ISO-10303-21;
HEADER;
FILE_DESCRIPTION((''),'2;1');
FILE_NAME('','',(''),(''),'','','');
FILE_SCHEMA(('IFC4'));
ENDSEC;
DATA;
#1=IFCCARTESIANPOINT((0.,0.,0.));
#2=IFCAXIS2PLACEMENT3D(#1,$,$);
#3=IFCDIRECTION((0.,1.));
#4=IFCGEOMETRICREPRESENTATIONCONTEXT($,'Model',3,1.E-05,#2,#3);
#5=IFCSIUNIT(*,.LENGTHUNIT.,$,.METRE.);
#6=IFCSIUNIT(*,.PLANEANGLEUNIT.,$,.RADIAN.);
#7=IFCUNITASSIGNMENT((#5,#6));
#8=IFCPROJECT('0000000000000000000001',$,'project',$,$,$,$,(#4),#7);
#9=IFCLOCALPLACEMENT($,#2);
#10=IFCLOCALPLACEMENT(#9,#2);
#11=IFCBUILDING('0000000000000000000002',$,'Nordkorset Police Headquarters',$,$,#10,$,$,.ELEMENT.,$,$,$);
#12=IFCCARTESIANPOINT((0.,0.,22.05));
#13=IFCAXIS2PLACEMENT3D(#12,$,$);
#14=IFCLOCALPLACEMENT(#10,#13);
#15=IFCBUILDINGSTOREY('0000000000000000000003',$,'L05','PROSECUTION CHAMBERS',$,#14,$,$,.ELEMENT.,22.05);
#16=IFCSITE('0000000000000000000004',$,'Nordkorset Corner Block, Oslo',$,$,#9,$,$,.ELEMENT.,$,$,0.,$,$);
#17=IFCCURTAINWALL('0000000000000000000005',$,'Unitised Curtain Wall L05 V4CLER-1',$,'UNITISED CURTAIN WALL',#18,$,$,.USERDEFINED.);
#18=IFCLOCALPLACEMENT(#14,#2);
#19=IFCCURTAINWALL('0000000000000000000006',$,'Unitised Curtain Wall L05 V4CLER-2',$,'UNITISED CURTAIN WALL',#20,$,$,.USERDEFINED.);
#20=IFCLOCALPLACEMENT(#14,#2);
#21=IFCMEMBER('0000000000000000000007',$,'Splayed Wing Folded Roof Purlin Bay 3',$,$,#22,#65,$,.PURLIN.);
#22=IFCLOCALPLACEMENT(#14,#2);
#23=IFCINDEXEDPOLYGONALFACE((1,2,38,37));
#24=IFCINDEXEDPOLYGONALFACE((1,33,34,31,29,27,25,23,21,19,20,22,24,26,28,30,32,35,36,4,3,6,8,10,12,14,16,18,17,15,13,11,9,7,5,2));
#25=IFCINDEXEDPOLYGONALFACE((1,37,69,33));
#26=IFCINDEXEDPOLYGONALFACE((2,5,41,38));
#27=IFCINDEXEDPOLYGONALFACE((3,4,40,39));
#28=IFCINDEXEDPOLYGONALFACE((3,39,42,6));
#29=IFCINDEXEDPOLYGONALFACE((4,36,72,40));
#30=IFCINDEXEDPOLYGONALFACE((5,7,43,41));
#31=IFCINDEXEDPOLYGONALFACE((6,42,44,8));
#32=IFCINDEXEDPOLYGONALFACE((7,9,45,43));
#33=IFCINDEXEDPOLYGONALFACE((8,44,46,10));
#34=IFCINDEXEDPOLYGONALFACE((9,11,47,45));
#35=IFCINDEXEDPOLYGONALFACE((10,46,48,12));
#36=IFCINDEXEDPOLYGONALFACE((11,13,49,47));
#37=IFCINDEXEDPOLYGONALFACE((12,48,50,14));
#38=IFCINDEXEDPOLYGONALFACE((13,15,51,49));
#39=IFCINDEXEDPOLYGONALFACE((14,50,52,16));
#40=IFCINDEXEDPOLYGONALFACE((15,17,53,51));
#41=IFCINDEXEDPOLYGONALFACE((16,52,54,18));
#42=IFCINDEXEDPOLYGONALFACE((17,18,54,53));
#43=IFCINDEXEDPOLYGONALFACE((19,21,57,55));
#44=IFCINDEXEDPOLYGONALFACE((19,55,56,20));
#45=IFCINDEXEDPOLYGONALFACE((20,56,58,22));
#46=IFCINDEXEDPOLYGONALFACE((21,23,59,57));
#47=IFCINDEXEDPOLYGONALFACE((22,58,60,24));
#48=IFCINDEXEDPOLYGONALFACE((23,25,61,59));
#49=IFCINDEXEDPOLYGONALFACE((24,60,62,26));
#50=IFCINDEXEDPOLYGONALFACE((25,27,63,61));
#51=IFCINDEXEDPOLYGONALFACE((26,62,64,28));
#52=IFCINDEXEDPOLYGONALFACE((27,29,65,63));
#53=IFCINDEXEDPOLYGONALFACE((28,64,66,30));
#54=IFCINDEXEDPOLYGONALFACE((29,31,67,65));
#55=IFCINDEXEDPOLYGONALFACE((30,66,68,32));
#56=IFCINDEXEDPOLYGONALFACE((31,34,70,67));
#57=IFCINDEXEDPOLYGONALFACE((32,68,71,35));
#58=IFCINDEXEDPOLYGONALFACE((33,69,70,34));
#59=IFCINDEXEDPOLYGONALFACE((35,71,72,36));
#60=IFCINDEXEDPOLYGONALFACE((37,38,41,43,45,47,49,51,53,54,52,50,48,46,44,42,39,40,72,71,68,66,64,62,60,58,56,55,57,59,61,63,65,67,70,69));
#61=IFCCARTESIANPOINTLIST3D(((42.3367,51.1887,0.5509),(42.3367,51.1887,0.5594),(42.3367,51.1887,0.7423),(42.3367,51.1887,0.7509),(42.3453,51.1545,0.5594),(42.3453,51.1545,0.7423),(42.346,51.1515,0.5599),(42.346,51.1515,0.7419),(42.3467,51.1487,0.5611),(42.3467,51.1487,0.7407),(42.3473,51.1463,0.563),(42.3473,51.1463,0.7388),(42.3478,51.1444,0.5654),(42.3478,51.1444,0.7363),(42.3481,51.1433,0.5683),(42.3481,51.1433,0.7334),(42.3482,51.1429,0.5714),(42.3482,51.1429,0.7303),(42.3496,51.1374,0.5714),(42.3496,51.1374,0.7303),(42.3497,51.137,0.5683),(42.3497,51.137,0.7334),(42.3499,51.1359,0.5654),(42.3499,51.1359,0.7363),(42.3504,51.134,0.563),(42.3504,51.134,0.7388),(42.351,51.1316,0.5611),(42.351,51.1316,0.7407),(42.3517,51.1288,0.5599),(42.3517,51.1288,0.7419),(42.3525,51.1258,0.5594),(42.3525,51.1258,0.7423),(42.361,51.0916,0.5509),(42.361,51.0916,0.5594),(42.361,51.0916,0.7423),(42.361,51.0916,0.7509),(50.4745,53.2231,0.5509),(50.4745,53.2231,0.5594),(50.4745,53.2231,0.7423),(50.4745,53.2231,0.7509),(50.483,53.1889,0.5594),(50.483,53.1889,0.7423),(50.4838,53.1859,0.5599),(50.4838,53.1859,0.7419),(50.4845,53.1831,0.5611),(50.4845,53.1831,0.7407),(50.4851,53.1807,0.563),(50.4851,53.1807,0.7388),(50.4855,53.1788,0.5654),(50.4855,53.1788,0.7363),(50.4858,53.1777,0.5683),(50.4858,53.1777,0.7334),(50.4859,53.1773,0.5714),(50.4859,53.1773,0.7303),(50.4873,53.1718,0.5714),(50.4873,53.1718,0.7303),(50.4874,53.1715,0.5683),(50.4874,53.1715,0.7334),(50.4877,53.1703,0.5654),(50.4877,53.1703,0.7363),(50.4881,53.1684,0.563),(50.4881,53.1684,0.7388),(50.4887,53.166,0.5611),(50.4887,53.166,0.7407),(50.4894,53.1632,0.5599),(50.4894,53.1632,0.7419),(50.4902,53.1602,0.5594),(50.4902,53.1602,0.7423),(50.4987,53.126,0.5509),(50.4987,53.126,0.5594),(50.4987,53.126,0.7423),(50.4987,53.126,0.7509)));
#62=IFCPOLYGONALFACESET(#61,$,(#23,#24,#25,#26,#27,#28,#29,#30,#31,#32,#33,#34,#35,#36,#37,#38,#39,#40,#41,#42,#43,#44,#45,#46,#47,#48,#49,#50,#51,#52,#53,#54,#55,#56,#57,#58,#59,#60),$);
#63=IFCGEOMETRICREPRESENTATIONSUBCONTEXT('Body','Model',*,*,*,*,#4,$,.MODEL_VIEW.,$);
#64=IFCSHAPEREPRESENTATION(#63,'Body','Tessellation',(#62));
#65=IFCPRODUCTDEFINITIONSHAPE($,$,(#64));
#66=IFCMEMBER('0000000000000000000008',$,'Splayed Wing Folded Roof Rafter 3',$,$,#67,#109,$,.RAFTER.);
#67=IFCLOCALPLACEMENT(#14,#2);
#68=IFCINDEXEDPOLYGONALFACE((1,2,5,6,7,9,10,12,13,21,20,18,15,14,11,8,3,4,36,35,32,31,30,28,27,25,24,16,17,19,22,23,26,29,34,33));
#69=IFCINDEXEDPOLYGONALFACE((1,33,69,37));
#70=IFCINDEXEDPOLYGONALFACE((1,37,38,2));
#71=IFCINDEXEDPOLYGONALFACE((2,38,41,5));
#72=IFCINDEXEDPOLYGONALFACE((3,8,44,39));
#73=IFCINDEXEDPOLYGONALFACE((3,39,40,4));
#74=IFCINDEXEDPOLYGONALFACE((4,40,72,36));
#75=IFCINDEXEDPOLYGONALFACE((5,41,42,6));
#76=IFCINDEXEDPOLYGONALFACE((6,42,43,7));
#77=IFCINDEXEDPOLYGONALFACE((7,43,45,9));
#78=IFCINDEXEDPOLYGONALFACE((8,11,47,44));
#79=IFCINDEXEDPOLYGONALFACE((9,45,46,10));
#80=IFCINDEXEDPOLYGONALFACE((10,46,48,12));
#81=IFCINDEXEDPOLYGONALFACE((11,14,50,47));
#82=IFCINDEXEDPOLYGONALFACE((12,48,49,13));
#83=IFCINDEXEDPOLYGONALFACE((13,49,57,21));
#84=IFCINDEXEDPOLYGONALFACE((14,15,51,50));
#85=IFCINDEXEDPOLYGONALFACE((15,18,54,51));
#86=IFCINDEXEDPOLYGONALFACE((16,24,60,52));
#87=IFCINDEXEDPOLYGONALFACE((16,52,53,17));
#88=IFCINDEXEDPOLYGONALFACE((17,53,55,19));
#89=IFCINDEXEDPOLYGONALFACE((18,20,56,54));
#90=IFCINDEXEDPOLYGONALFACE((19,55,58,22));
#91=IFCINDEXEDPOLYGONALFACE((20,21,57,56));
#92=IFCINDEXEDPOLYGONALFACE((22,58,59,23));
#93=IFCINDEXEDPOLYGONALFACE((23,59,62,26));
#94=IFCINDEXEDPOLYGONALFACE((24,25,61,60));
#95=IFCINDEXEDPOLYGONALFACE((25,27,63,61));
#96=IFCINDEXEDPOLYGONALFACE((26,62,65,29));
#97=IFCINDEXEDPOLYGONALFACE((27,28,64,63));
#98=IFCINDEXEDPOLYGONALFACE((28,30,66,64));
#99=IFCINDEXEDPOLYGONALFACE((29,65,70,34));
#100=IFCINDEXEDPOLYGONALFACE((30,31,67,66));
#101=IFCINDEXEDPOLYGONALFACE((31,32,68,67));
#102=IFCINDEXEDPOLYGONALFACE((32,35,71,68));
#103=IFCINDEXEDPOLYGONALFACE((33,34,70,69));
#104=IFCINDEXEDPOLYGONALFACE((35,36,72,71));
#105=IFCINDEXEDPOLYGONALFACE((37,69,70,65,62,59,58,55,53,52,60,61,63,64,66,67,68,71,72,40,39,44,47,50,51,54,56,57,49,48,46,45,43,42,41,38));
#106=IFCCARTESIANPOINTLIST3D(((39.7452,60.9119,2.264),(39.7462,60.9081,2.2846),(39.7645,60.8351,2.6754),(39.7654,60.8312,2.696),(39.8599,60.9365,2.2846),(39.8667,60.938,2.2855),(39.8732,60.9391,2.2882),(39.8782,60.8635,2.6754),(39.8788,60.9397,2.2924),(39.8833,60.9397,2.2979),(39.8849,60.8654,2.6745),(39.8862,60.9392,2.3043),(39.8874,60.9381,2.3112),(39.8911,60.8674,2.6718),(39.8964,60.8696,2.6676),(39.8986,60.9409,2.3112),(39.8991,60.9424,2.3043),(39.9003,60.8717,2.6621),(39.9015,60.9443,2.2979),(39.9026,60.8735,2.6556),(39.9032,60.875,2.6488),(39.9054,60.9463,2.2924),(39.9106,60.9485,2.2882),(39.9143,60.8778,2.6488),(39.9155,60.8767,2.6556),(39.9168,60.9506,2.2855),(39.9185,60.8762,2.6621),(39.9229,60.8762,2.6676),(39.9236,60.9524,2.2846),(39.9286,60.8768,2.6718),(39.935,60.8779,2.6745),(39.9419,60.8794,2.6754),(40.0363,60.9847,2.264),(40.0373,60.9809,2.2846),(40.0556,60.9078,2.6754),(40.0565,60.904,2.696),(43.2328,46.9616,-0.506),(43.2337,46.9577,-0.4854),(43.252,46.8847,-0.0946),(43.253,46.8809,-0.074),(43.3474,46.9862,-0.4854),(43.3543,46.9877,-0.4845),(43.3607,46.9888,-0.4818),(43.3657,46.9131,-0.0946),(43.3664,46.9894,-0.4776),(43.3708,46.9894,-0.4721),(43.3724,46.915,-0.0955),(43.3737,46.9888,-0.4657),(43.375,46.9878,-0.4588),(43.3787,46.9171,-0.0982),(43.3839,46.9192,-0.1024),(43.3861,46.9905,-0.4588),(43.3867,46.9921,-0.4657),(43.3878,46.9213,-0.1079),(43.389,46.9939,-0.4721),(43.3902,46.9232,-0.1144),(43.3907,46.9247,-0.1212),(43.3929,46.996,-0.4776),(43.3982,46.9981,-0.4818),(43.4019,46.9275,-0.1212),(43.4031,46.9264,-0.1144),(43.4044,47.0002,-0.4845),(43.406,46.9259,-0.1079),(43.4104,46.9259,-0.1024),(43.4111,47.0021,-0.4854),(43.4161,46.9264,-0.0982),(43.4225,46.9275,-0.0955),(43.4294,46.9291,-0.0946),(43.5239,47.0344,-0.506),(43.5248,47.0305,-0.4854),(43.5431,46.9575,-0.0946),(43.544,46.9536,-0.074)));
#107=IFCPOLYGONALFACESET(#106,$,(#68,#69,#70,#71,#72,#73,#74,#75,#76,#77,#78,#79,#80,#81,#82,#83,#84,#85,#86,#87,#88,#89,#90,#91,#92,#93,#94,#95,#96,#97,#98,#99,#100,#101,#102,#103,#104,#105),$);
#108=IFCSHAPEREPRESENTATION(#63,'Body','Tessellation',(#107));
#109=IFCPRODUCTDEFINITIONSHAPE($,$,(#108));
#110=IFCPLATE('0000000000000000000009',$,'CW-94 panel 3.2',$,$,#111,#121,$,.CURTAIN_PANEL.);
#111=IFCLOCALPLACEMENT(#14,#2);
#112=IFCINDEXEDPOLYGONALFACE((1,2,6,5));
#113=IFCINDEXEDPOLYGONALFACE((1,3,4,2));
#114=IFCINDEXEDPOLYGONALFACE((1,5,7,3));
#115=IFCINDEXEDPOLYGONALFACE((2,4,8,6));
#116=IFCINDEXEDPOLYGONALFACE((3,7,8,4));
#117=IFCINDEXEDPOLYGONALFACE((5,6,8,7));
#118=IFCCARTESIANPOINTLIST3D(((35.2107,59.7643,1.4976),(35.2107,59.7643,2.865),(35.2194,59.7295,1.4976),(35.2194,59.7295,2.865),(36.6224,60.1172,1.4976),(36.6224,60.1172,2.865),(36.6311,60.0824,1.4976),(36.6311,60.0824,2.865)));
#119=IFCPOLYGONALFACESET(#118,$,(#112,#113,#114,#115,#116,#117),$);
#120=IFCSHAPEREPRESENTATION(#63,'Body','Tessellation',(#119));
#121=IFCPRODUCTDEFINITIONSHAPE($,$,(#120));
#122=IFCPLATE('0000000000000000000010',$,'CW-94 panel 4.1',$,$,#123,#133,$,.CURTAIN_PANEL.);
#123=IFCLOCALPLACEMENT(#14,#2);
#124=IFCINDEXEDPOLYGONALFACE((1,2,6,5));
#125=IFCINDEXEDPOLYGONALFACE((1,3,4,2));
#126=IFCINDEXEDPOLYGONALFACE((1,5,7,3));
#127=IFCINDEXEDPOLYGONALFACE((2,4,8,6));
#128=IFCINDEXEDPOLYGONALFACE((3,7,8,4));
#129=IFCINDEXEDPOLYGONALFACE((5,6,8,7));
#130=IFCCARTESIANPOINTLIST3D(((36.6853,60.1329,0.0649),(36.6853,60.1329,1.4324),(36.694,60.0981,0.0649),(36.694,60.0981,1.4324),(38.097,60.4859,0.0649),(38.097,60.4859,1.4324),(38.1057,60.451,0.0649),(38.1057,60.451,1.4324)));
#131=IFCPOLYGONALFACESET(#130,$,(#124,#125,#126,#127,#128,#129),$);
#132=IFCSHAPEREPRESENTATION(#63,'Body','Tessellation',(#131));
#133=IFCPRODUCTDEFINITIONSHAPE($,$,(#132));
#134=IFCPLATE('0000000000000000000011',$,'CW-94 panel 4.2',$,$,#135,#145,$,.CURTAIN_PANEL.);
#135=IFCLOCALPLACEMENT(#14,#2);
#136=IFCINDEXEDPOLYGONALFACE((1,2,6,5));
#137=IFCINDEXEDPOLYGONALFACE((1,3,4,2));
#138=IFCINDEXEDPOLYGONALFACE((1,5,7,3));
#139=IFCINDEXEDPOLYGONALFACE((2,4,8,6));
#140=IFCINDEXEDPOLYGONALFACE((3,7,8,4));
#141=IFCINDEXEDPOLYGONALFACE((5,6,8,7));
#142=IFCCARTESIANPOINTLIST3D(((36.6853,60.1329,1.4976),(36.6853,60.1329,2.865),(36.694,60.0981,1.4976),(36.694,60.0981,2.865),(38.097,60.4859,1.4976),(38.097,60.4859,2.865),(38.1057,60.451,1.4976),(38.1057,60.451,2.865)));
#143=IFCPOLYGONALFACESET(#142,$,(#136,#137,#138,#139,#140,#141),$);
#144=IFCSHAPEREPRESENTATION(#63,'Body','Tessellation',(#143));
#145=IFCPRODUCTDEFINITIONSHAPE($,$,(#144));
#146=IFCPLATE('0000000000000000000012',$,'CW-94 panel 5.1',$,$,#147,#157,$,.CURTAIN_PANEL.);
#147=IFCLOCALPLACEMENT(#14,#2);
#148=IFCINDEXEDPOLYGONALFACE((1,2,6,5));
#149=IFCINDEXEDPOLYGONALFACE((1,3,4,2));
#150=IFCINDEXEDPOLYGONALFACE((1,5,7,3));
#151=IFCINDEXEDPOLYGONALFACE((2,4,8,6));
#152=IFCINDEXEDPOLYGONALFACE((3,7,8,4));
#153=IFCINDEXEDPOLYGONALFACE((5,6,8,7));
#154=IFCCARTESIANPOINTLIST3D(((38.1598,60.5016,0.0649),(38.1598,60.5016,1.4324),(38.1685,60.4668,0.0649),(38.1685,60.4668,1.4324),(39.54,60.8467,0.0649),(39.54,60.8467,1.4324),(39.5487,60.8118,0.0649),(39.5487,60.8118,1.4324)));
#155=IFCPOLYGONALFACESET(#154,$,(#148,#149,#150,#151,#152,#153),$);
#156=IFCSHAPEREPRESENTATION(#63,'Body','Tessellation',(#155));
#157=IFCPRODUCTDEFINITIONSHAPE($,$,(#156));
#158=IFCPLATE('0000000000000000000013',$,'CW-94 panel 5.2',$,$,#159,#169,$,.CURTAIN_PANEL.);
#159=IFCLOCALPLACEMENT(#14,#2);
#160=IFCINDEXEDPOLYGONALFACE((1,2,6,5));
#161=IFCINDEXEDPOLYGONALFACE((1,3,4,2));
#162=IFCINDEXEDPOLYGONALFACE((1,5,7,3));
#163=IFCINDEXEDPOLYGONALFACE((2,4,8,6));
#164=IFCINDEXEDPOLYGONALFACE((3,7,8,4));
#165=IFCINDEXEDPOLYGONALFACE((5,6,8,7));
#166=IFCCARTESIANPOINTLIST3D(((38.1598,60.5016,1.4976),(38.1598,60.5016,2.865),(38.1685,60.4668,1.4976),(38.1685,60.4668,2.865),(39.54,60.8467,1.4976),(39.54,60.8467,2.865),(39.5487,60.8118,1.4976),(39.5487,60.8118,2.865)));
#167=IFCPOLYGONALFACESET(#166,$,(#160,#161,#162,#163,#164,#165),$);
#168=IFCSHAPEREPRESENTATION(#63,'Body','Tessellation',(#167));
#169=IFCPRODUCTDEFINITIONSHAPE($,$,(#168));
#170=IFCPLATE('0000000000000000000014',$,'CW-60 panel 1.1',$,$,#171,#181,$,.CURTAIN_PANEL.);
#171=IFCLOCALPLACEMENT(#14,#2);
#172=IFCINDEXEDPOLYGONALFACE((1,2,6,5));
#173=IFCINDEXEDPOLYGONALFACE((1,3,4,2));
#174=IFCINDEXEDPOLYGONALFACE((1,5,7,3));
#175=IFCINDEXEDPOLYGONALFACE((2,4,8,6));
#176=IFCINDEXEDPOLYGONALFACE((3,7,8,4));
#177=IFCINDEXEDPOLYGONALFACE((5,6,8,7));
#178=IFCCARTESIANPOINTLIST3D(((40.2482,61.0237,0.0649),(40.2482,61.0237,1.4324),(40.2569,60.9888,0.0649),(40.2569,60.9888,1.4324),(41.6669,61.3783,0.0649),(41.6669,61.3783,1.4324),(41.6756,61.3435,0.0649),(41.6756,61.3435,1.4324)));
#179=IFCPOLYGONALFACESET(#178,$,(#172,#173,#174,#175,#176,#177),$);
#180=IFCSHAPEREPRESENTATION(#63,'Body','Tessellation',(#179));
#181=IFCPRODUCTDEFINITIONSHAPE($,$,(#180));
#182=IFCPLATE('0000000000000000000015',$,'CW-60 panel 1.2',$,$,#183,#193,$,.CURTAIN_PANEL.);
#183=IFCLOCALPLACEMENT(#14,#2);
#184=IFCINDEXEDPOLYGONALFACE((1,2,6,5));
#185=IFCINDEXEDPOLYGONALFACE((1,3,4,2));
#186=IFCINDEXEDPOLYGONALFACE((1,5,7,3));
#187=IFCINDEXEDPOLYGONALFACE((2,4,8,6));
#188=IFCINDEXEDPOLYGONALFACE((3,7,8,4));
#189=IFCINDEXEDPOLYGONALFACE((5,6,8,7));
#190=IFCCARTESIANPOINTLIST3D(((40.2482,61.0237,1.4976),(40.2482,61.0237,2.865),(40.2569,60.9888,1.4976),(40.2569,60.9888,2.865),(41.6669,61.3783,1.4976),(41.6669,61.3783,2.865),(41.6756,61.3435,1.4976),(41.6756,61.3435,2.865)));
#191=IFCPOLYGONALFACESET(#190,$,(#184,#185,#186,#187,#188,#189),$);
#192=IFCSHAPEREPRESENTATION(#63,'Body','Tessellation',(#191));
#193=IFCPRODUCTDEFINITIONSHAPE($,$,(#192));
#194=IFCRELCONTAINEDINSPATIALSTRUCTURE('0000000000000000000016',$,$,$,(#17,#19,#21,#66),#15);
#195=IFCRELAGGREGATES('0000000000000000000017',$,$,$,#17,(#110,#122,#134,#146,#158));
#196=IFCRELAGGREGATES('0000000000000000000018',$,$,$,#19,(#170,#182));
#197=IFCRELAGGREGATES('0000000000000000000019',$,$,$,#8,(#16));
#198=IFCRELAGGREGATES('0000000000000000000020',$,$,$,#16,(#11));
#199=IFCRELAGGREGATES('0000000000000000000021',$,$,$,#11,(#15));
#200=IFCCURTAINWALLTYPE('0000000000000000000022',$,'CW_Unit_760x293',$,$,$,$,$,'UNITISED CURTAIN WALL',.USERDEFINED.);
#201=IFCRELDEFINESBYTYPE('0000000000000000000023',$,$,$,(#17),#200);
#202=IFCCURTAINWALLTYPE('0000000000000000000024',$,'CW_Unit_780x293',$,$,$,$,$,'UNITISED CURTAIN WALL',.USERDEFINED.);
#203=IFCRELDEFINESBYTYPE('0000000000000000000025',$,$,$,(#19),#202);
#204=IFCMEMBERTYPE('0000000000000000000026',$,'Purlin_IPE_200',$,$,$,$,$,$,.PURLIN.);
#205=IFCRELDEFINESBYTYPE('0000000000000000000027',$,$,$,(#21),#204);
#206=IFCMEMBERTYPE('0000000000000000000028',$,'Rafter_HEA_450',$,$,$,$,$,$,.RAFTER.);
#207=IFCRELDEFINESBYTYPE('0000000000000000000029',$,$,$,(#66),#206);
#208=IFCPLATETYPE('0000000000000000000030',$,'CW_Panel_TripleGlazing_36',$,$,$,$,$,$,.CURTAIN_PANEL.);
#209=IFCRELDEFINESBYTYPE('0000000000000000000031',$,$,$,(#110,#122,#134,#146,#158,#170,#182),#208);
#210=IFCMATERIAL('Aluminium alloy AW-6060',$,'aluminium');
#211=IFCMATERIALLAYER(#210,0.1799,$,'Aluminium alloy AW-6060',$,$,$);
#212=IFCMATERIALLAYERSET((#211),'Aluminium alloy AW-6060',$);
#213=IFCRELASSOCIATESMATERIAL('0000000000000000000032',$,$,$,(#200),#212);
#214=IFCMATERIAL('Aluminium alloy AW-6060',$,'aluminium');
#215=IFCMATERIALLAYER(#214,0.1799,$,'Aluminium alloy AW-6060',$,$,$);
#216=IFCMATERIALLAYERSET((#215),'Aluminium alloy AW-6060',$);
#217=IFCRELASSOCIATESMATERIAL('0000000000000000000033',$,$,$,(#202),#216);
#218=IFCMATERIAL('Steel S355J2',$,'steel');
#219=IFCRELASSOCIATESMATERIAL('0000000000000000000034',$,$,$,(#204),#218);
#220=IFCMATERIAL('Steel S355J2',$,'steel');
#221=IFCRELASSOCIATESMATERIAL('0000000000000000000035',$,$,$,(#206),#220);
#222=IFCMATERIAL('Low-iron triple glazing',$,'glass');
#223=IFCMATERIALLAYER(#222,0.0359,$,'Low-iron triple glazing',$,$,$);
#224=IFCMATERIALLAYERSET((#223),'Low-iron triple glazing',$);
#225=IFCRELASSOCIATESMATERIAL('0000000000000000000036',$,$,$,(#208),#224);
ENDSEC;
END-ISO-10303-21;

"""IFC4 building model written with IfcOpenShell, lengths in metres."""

from ifc_helpers import new_model, si_unit, direction, frame, origin, origin_2d, place, context, subcontext, project, spatial, rectangle, i_section, extrude, material, layer, layer_set, material_profile, profile_set, type_object, element, aggregate, save


model = new_model("IFC4")

# Units and contexts
model_context = context("Model", 3, precision=1e-05, world=origin(), true_north=direction((0.0, 1.0)))
body_context = subcontext(model_context, "Body", "Model", "MODEL_VIEW")
ifc_project = project(units=[si_unit("LENGTHUNIT", "METRE"), si_unit("PLANEANGLEUNIT", "RADIAN")], contexts=[model_context])

# Site, building, storey
site_placement = place(None, origin())
site = spatial("IfcSite", under=ifc_project, at=site_placement, Name="Nordkorset Corner Block, Oslo", CompositionType="ELEMENT", RefElevation=0.0)
building_placement = place(site_placement, origin())
building = spatial("IfcBuilding", under=site, at=building_placement, Name="Nordkorset Police Headquarters", CompositionType="ELEMENT")
storey_placement = place(building_placement, frame((0.0, 0.0, 22.05)))
storey = spatial("IfcBuildingStorey", under=building, at=storey_placement, Name="L05", Description="PROSECUTION CHAMBERS", CompositionType="ELEMENT", Elevation=22.05)

# Curtain walls
ifc_material_1 = material(Name="Aluminium alloy AW-6060", Category="aluminium")
ifc_layer_1 = layer(ifc_material_1, 0.1799, Name="Aluminium alloy AW-6060")
ifc_layer_set_1 = layer_set([ifc_layer_1], Name="Aluminium alloy AW-6060")
curtain_wall_type_1 = type_object("IfcCurtainWallType", Name="CW_Unit_760x293", ElementType="UNITISED CURTAIN WALL", PredefinedType="USERDEFINED", material=ifc_layer_set_1)
curtain_wall_1_placement = place(storey_placement, origin())
curtain_wall_1 = element("IfcCurtainWall", 1, at=curtain_wall_1_placement, inside=storey, type_object=curtain_wall_type_1, Name="Unitised Curtain Wall L05 V4CLER-1", ObjectType="UNITISED CURTAIN WALL", PredefinedType="USERDEFINED")
ifc_material_2 = material(Name="Aluminium alloy AW-6060", Category="aluminium")
ifc_layer_2 = layer(ifc_material_2, 0.1799, Name="Aluminium alloy AW-6060")
ifc_layer_set_2 = layer_set([ifc_layer_2], Name="Aluminium alloy AW-6060")
curtain_wall_type_2 = type_object("IfcCurtainWallType", Name="CW_Unit_780x293", ElementType="UNITISED CURTAIN WALL", PredefinedType="USERDEFINED", material=ifc_layer_set_2)
curtain_wall_2_placement = place(storey_placement, origin())
curtain_wall_2 = element("IfcCurtainWall", 2, at=curtain_wall_2_placement, inside=storey, type_object=curtain_wall_type_2, Name="Unitised Curtain Wall L05 V4CLER-2", ObjectType="UNITISED CURTAIN WALL", PredefinedType="USERDEFINED")

# Members
ifc_material_3 = material(Name="Steel S355J2", Category="steel")
ifc_material_profile_1 = material_profile(ifc_material_3, i_section(OverallWidth=0.1001, OverallDepth=0.2, WebThickness=0.0056, FlangeThickness=0.0085, FilletRadius=0.012, at=origin_2d()), Name="IPE 200")
ifc_profile_set_1 = profile_set([ifc_material_profile_1], Name="Steel S355J2")
member_type_1 = type_object("IfcMemberType", Name="Purlin_IPE_200", PredefinedType="PURLIN", material=ifc_profile_set_1)
member_1_placement = place(storey_placement, frame((42.3489, 51.1401, 0.6509), z_axis=(0.970143, 0.242536, 0.0), x_axis=(-0.242536, 0.970143, 0.0)))
element("IfcMember", 3, at=member_1_placement, inside=storey, type_object=member_type_1, Name="Splayed Wing Folded Roof Purlin Bay 3", PredefinedType="PURLIN", context=body_context, shape_type="SweptSolid", body=[
    extrude(i_section(OverallWidth=0.1001, OverallDepth=0.2, WebThickness=0.0056, FlangeThickness=0.0085, FilletRadius=0.012, at=origin_2d()), origin(), (0.0, 0.0, 1.0), 8.3882),
])
ifc_material_4 = material(Name="Steel S355J2", Category="steel")
ifc_material_profile_2 = material_profile(ifc_material_4, i_section(OverallWidth=0.3, OverallDepth=0.4399, WebThickness=0.0115, FlangeThickness=0.021, FilletRadius=0.0271, at=origin_2d()), Name="HEA 450")
ifc_profile_set_2 = profile_set([ifc_material_profile_2], Name="Steel S355J2")
member_type_2 = type_object("IfcMemberType", Name="Rafter_HEA_450", PredefinedType="RAFTER", material=ifc_profile_set_2)
member_2_placement = place(storey_placement, frame((39.9009, 60.908, 2.48), z_axis=(0.238153, -0.95263, -0.189156), x_axis=(0.970143, 0.242532, 0.0)))
element("IfcMember", 4, at=member_2_placement, inside=storey, type_object=member_type_2, Name="Splayed Wing Folded Roof Rafter 3", PredefinedType="RAFTER", context=body_context, shape_type="SweptSolid", body=[
    extrude(i_section(OverallWidth=0.3, OverallDepth=0.4399, WebThickness=0.0115, FlangeThickness=0.021, FilletRadius=0.0271, at=origin_2d()), origin(), (0.0, 0.0, 1.0), 14.644),
])

# Plates
ifc_material_5 = material(Name="Low-iron triple glazing", Category="glass")
ifc_layer_3 = layer(ifc_material_5, 0.0359, Name="Low-iron triple glazing")
ifc_layer_set_3 = layer_set([ifc_layer_3], Name="Low-iron triple glazing")
plate_type = type_object("IfcPlateType", Name="CW_Panel_TripleGlazing_36", PredefinedType="CURTAIN_PANEL", material=ifc_layer_set_3)
plate_1_placement = place(storey_placement, frame((35.9209, 59.9233, 1.4976), z_axis=(0.0, 0.0, 1.0), x_axis=(0.970143, 0.242536, 0.0)))
plate_1 = element("IfcPlate", 5, at=plate_1_placement, type_object=plate_type, Name="CW-94 panel 3.2", PredefinedType="CURTAIN_PANEL", context=body_context, shape_type="SweptSolid", body=[
    extrude(rectangle(XDim=1.4551, YDim=0.0359, at=origin_2d()), origin(), (0.0, 0.0, 1.0), 1.3674),
])
plate_2_placement = place(storey_placement, frame((37.3955, 60.292, 0.0649), z_axis=(0.0, 0.0, 1.0), x_axis=(0.970143, 0.242536, 0.0)))
plate_2 = element("IfcPlate", 6, at=plate_2_placement, type_object=plate_type, Name="CW-94 panel 4.1", PredefinedType="CURTAIN_PANEL", context=body_context, shape_type="SweptSolid", body=[
    extrude(rectangle(XDim=1.4551, YDim=0.0359, at=origin_2d()), origin(), (0.0, 0.0, 1.0), 1.3674),
])
plate_3_placement = place(storey_placement, frame((37.3955, 60.292, 1.4976), z_axis=(0.0, 0.0, 1.0), x_axis=(0.970143, 0.242536, 0.0)))
plate_3 = element("IfcPlate", 7, at=plate_3_placement, type_object=plate_type, Name="CW-94 panel 4.2", PredefinedType="CURTAIN_PANEL", context=body_context, shape_type="SweptSolid", body=[
    extrude(rectangle(XDim=1.4551, YDim=0.0359, at=origin_2d()), origin(), (0.0, 0.0, 1.0), 1.3674),
])
plate_4_placement = place(storey_placement, frame((38.8542, 60.6567, 0.0649), z_axis=(0.0, 0.0, 1.0), x_axis=(0.970143, 0.242536, 0.0)))
plate_4 = element("IfcPlate", 8, at=plate_4_placement, type_object=plate_type, Name="CW-94 panel 5.1", PredefinedType="CURTAIN_PANEL", context=body_context, shape_type="SweptSolid", body=[
    extrude(rectangle(XDim=1.4226, YDim=0.0359, at=origin_2d()), origin(), (0.0, 0.0, 1.0), 1.3674),
])
plate_5_placement = place(storey_placement, frame((38.8542, 60.6567, 1.4976), z_axis=(0.0, 0.0, 1.0), x_axis=(0.970143, 0.242536, 0.0)))
plate_5 = element("IfcPlate", 9, at=plate_5_placement, type_object=plate_type, Name="CW-94 panel 5.2", PredefinedType="CURTAIN_PANEL", context=body_context, shape_type="SweptSolid", body=[
    extrude(rectangle(XDim=1.4226, YDim=0.0359, at=origin_2d()), origin(), (0.0, 0.0, 1.0), 1.3674),
])
aggregate(curtain_wall_1, [plate_1, plate_2, plate_3, plate_4, plate_5])
plate_6_placement = place(storey_placement, frame((40.9619, 61.1836, 0.0649), z_axis=(0.0, 0.0, 1.0), x_axis=(0.970142, 0.242536, 0.0)))
plate_6 = element("IfcPlate", 10, at=plate_6_placement, type_object=plate_type, Name="CW-60 panel 1.1", PredefinedType="CURTAIN_PANEL", context=body_context, shape_type="SweptSolid", body=[
    extrude(rectangle(XDim=1.4624, YDim=0.0359, at=origin_2d()), origin(), (0.0, 0.0, 1.0), 1.3674),
])
plate_7_placement = place(storey_placement, frame((40.9619, 61.1836, 1.4976), z_axis=(0.0, 0.0, 1.0), x_axis=(0.970142, 0.242536, 0.0)))
plate_7 = element("IfcPlate", 11, at=plate_7_placement, type_object=plate_type, Name="CW-60 panel 1.2", PredefinedType="CURTAIN_PANEL", context=body_context, shape_type="SweptSolid", body=[
    extrude(rectangle(XDim=1.4624, YDim=0.0359, at=origin_2d()), origin(), (0.0, 0.0, 1.0), 1.3674),
])
aggregate(curtain_wall_2, [plate_6, plate_7])

save(model, "model.ifc")
